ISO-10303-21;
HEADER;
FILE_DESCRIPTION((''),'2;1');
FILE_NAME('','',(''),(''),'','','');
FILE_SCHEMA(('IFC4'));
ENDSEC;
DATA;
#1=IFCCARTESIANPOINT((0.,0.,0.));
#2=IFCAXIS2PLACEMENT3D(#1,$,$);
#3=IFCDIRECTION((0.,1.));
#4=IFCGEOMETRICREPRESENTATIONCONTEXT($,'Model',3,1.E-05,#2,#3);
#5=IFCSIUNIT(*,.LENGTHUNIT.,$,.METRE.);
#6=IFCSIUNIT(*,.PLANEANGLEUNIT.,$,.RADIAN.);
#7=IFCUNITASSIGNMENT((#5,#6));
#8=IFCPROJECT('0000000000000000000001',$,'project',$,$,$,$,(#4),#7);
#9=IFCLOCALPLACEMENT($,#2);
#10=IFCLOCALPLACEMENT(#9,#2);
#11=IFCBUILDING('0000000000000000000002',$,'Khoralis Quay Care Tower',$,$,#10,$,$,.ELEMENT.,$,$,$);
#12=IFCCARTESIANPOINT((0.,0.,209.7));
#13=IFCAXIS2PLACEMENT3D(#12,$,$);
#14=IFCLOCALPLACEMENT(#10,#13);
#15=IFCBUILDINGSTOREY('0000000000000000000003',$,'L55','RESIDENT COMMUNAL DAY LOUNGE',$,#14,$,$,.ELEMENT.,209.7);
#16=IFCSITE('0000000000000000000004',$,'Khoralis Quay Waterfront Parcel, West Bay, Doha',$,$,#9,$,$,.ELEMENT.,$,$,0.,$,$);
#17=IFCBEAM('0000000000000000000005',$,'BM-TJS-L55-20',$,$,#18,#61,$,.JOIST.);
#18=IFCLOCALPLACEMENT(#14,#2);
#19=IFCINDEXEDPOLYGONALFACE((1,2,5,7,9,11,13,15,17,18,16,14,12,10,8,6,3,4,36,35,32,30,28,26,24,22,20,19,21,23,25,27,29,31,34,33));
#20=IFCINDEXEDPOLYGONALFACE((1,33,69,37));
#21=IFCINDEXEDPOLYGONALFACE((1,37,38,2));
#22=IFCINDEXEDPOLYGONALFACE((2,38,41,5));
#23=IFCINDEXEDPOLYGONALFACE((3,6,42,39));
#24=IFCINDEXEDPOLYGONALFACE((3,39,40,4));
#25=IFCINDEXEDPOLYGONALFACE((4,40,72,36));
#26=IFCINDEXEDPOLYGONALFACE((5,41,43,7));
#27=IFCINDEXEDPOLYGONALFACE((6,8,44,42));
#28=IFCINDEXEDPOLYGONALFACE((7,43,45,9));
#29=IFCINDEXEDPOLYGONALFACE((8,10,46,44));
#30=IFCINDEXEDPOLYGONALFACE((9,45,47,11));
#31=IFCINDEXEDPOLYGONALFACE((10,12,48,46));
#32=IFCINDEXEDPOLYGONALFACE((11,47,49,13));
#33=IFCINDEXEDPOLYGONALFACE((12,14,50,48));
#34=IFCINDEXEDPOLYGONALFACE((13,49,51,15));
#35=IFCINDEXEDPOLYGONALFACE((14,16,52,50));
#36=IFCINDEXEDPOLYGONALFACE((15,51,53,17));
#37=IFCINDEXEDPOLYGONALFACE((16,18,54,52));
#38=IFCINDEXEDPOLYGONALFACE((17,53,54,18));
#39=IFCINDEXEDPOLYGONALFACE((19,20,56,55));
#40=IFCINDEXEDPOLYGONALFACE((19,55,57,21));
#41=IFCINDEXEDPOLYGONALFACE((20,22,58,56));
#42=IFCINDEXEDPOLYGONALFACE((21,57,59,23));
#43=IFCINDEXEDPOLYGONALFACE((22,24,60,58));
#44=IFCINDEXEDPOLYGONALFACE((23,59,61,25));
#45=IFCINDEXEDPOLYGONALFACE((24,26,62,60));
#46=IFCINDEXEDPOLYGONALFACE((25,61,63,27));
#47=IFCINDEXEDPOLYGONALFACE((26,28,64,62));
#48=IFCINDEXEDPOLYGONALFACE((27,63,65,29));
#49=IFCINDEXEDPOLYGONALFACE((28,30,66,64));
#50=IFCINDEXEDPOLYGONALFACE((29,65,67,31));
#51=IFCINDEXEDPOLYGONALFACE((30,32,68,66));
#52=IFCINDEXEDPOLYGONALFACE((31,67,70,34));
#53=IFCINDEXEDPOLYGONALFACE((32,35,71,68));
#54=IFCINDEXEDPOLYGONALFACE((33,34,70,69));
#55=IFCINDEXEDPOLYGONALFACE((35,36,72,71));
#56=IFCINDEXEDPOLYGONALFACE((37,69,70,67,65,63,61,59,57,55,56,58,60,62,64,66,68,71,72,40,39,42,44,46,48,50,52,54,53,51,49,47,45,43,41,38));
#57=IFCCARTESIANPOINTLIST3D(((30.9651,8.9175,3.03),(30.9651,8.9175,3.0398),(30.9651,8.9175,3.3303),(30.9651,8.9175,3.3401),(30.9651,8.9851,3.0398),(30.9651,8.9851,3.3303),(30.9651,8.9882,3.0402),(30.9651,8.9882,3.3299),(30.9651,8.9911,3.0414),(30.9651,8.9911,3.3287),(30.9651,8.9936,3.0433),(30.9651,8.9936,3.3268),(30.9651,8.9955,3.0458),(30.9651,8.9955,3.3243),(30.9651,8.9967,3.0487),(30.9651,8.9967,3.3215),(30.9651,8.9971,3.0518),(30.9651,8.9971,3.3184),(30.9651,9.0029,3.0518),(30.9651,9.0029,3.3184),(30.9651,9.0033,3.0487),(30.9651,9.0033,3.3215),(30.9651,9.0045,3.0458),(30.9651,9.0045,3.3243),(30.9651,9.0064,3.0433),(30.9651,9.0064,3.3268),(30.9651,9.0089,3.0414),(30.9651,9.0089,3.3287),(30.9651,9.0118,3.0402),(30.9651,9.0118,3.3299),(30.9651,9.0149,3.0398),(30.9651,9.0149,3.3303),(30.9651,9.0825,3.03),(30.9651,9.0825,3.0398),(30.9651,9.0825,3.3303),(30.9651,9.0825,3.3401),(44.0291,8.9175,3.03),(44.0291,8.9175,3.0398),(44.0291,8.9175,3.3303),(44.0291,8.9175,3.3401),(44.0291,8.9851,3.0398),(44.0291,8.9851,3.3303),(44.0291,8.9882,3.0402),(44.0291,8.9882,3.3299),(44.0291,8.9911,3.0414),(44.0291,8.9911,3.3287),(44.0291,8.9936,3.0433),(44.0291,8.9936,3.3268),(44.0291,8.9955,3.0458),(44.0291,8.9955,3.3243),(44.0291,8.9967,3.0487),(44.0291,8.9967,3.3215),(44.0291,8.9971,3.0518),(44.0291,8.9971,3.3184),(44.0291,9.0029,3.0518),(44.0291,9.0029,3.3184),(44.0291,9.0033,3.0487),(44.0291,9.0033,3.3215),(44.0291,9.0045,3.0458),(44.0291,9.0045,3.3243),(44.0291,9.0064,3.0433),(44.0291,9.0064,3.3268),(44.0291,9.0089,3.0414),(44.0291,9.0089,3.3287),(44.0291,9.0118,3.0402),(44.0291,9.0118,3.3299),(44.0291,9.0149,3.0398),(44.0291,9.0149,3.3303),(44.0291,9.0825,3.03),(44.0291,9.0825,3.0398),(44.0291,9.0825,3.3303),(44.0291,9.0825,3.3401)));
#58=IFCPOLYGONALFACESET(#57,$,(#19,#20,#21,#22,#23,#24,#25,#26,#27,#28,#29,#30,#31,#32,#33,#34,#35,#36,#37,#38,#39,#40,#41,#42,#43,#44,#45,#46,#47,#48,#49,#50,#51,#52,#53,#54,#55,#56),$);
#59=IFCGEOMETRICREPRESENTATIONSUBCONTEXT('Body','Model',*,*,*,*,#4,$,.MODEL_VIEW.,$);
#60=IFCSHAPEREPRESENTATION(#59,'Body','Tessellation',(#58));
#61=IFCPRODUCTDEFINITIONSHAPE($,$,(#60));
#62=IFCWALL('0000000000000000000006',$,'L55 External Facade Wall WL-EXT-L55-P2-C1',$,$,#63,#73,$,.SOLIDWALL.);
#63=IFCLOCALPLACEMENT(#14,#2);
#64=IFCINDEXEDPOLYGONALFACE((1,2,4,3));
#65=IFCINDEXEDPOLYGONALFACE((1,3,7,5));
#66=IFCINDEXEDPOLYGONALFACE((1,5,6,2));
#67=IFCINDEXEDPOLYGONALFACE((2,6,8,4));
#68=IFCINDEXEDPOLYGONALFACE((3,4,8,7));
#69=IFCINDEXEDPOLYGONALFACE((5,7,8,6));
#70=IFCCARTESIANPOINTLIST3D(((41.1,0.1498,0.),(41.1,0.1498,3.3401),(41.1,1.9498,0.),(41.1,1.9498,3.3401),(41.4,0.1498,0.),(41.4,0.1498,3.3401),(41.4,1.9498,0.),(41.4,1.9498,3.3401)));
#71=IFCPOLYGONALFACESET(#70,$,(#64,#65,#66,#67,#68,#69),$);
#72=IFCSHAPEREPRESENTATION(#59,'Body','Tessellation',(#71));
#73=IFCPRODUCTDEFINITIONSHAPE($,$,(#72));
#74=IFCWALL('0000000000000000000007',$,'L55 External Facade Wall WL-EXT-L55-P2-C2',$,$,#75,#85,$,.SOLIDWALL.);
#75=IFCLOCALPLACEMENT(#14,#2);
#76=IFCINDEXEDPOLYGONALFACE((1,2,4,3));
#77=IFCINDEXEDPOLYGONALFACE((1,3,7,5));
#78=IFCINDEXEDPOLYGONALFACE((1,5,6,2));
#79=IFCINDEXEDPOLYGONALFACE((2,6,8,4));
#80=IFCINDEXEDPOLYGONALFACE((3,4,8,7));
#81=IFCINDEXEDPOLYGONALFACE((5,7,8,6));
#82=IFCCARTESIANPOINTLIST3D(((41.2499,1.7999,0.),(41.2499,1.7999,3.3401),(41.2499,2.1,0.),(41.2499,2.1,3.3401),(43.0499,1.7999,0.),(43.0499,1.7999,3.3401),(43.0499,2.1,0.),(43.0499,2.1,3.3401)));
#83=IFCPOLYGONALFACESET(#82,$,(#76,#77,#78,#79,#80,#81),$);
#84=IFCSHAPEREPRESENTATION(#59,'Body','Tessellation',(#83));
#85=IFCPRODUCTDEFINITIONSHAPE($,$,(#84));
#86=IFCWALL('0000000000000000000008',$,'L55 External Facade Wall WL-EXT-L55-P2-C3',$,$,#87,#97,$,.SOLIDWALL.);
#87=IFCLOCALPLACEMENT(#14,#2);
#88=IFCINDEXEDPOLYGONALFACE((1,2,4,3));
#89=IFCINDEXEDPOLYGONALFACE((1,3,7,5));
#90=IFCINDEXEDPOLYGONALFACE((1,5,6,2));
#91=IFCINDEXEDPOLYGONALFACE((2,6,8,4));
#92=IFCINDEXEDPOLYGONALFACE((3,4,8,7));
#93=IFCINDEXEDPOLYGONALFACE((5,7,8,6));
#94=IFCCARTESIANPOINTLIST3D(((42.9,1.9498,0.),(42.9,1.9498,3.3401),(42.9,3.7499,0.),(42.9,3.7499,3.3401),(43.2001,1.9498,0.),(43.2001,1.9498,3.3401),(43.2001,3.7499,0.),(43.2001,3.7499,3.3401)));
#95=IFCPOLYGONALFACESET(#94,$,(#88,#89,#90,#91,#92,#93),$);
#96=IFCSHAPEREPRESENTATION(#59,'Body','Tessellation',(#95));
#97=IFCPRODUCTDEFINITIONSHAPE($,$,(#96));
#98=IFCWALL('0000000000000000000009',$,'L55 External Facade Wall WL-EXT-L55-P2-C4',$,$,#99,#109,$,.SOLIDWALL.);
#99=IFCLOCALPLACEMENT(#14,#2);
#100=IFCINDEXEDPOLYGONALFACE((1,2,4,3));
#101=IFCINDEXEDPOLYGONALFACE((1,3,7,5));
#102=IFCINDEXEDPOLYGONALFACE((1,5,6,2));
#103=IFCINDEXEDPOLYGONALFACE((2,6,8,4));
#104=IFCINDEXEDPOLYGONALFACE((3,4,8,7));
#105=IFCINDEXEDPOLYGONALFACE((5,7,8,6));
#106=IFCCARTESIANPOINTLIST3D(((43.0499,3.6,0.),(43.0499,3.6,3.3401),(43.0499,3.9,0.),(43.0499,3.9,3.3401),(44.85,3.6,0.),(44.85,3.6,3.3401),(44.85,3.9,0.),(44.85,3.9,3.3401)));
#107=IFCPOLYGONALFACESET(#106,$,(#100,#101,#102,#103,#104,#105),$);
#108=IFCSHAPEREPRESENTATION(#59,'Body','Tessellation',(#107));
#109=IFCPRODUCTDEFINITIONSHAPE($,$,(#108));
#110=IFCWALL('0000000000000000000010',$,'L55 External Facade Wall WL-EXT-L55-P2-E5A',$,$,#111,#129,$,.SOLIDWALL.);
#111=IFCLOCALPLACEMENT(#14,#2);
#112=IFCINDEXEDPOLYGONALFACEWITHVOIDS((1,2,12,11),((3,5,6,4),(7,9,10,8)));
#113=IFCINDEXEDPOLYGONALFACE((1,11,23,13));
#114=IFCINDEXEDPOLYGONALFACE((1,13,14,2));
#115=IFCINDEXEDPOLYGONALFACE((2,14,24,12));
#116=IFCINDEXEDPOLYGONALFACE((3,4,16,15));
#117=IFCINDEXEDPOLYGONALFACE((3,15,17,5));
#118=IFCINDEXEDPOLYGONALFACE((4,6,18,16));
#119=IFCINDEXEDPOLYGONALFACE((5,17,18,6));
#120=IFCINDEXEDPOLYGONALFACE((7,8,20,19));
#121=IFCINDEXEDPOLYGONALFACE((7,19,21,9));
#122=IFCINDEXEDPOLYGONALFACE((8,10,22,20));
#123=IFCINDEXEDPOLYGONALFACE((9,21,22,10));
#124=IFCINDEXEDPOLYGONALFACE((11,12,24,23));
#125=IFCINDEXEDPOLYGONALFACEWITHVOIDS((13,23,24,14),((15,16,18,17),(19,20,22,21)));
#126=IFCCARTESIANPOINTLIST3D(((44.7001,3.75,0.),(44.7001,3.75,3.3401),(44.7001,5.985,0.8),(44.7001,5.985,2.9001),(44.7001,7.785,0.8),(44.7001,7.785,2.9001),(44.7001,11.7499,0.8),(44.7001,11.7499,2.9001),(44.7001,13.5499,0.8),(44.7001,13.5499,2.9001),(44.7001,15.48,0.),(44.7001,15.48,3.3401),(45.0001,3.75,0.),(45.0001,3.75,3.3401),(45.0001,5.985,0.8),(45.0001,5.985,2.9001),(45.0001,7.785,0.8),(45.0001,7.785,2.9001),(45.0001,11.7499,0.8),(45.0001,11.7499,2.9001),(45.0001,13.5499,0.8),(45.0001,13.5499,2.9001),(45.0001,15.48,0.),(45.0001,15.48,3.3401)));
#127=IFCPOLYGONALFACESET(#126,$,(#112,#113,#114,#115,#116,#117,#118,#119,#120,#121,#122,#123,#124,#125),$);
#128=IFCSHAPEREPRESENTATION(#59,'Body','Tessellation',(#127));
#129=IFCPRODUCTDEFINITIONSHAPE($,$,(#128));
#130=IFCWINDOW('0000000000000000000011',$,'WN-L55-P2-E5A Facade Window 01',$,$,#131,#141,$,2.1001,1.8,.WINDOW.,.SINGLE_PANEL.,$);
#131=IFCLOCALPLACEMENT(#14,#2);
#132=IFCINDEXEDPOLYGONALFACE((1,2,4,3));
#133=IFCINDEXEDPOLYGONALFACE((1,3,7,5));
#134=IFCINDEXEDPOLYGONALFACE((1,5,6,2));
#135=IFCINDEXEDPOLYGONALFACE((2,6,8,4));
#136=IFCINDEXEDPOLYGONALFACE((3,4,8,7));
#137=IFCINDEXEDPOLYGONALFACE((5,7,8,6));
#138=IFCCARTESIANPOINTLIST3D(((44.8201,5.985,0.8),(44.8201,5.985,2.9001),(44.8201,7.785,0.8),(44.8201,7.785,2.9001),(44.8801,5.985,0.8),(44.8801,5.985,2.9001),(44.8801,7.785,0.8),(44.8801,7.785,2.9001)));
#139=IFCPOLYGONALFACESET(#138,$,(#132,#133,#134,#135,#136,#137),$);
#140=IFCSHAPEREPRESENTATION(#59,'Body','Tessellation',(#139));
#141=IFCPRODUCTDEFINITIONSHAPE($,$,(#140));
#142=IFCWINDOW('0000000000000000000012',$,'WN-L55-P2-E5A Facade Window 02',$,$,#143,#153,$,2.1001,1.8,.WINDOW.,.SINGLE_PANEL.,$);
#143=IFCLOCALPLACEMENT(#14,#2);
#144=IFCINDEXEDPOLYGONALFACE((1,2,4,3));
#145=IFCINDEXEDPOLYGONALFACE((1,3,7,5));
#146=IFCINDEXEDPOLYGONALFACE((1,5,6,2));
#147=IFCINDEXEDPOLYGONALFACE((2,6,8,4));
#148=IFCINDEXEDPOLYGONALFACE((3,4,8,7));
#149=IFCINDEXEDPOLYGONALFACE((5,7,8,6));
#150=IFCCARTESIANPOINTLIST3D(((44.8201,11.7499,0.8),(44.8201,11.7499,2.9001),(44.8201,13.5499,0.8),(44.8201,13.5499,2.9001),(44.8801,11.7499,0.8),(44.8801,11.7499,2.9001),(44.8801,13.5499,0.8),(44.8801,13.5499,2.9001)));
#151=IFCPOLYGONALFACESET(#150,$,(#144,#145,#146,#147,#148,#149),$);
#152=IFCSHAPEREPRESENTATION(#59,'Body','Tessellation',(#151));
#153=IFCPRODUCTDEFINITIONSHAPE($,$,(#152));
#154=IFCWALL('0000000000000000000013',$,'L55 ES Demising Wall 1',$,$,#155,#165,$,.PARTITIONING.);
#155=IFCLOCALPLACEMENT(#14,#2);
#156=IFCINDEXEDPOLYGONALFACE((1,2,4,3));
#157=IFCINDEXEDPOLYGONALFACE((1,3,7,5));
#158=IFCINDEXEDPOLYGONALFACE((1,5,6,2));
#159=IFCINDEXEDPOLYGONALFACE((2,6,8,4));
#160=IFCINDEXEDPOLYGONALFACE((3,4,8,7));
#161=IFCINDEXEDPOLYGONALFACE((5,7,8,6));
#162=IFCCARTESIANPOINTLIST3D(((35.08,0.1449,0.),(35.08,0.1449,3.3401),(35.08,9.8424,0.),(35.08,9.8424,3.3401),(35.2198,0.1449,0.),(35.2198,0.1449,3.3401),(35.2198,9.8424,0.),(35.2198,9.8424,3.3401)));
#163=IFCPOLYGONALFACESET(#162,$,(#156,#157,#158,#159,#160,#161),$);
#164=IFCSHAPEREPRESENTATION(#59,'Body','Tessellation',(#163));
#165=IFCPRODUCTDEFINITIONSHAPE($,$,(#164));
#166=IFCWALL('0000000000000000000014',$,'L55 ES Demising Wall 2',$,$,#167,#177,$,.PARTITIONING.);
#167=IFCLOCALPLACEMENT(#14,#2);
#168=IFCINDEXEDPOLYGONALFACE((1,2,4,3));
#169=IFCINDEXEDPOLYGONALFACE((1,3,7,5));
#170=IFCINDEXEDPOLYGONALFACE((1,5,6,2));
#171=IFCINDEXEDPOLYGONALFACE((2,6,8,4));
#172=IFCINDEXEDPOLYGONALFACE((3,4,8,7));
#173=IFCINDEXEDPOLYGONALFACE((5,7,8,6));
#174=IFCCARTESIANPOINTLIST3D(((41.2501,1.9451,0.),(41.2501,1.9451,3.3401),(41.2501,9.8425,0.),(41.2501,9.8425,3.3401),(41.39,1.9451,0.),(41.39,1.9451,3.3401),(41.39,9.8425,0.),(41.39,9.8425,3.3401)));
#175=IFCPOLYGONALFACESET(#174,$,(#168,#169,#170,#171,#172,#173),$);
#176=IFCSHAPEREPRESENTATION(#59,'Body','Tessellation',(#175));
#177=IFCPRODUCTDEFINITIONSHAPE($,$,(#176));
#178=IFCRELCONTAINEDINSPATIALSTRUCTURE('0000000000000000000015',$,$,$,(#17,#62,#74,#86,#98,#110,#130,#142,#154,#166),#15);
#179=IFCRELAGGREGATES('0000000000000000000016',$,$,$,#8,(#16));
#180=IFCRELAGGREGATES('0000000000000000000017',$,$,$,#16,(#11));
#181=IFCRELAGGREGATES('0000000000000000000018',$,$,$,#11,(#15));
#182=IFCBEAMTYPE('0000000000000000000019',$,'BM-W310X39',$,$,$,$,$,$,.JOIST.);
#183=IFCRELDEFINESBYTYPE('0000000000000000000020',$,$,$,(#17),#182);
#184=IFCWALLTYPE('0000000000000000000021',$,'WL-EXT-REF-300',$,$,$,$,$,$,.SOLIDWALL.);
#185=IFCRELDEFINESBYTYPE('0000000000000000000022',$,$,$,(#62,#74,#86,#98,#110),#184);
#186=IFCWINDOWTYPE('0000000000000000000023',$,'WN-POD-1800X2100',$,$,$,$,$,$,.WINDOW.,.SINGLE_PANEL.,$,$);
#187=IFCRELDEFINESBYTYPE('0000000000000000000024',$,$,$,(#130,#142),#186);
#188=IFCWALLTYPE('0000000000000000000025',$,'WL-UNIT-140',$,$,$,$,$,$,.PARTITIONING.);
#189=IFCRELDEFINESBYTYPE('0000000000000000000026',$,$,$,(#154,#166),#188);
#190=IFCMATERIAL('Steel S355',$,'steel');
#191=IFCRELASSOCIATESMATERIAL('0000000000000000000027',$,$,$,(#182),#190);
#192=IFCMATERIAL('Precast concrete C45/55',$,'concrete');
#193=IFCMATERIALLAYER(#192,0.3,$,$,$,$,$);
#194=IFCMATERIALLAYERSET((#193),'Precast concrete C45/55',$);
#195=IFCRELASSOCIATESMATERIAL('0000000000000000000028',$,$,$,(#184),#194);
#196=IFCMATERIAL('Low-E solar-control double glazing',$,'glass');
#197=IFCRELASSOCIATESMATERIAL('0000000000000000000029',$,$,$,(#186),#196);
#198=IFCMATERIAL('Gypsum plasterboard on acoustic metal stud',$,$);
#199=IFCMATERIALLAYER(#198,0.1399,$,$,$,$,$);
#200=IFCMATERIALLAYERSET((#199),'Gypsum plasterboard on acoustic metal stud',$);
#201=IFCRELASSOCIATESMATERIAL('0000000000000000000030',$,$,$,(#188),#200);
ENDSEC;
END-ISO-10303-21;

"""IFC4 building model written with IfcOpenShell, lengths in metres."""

from ifc_helpers import new_model, si_unit, direction, frame, frame_2d, origin, origin_2d, place, context, subcontext, project, spatial, rectangle, i_section, extrude, source, transform, mapped, material, layer, layer_set, material_profile, profile_set, type_object, element, fill, save


model = new_model("IFC4")

# Units and contexts
model_context = context("Model", 3, precision=1e-05, world=origin(), true_north=direction((0.0, 1.0)))
body_context = subcontext(model_context, "Body", "Model", "MODEL_VIEW")
ifc_project = project(units=[si_unit("LENGTHUNIT", "METRE"), si_unit("PLANEANGLEUNIT", "RADIAN")], contexts=[model_context])

# Site, building, storey
site_placement = place(None, origin())
site = spatial("IfcSite", under=ifc_project, at=site_placement, Name="Khoralis Quay Waterfront Parcel, West Bay, Doha", CompositionType="ELEMENT", RefElevation=0.0)
building_placement = place(site_placement, origin())
building = spatial("IfcBuilding", under=site, at=building_placement, Name="Khoralis Quay Care Tower", CompositionType="ELEMENT")
storey_placement = place(building_placement, frame((0.0, 0.0, 209.7)))
storey = spatial("IfcBuildingStorey", under=building, at=storey_placement, Name="L55", Description="RESIDENT COMMUNAL DAY LOUNGE", CompositionType="ELEMENT", Elevation=209.7)

# Beam
ifc_material_1 = material(Name="Steel S355", Category="steel")
ifc_material_profile_1 = material_profile(ifc_material_1, i_section(OverallWidth=0.165, OverallDepth=0.3101, WebThickness=0.0059, FlangeThickness=0.0098, FilletRadius=0.012, at=origin_2d()), Name="Steel S355")
ifc_profile_set_1 = profile_set([ifc_material_profile_1], Name="Steel S355")
beam_type_1 = type_object("IfcBeamType", Name="BM-W310X39", PredefinedType="JOIST", material=ifc_profile_set_1)
shared_shape_1 = source(origin(), body_context, "Body", "SweptSolid", [
    extrude(i_section(OverallWidth=0.165, OverallDepth=0.3101, WebThickness=0.0059, FlangeThickness=0.0098, FilletRadius=0.012, at=origin_2d()), origin(), (0.0, 0.0, 1.0), 13.064),
])
beam_1_placement = place(storey_placement, frame((30.9651, 9.0, 3.1851), z_axis=(1.0, 0.0, 0.0), x_axis=(0.0, 1.0, 0.0)))
element("IfcBeam", 1, at=beam_1_placement, inside=storey, type_object=beam_type_1, Name="BM-TJS-L55-20", PredefinedType="JOIST", context=body_context, shape_type="MappedRepresentation", body=[
    mapped(shared_shape_1, transform((0.0, 0.0, 0.0), scale=1.0)),
])

# Walls
ifc_material_2 = material(Name="Precast concrete C45/55", Category="concrete")
ifc_layer_1 = layer(ifc_material_2, 0.3)
ifc_layer_set_1 = layer_set([ifc_layer_1], Name="Precast concrete C45/55")
wall_type_1 = type_object("IfcWallType", Name="WL-EXT-REF-300", PredefinedType="SOLIDWALL", material=ifc_layer_set_1)
for number, where, z_axis, x_axis, name in (
    (2, (41.25, 0.1499, 0.0), (0.0, 0.0, 1.0), (0.0, 1.0, 0.0), "L55 External Facade Wall WL-EXT-L55-P2-C1"),
    (3, (41.25, 1.95, 0.0), (0.0, 0.0, 1.0), (1.0, 0.0, 0.0), "L55 External Facade Wall WL-EXT-L55-P2-C2"),
    (4, (43.05, 1.95, 0.0), (0.0, 0.0, 1.0), (0.0, 1.0, 0.0), "L55 External Facade Wall WL-EXT-L55-P2-C3"),
    (5, (43.05, 3.75, 0.0), (0.0, 0.0, 1.0), (1.0, 0.0, 0.0), "L55 External Facade Wall WL-EXT-L55-P2-C4"),
):
    element("IfcWall", number, at=place(storey_placement, frame(where, z_axis=z_axis, x_axis=x_axis)), inside=storey, type_object=wall_type_1, Name=name, PredefinedType="SOLIDWALL", context=body_context, shape_type="SweptSolid", body=[
        extrude(rectangle(XDim=1.8, YDim=0.3, at=frame_2d((0.8999, 0.0))), origin(), (0.0, 0.0, 1.0), 3.3401),
    ])

# Wall, openings, windows
wall_1_placement = place(storey_placement, frame((44.8501, 3.75, 0.0), z_axis=(0.0, 0.0, 1.0), x_axis=(0.0, 1.0, 0.0)))
wall_1 = element("IfcWall", 6, at=wall_1_placement, inside=storey, type_object=wall_type_1, Name="L55 External Facade Wall WL-EXT-L55-P2-E5A", PredefinedType="SOLIDWALL", context=body_context, shape_type="SweptSolid", body=[
    extrude(rectangle(XDim=11.73, YDim=0.3, at=frame_2d((5.865, 0.0))), origin(), (0.0, 0.0, 1.0), 3.3401),
])
opening_1_placement = place(wall_1_placement, frame((2.2351, 0.0, 0.8)))
opening_1 = element("IfcOpeningElement", 7, at=opening_1_placement, cuts=wall_1, PredefinedType="OPENING", context=body_context, shape_type="SweptSolid", body=[
    extrude(rectangle(XDim=1.8, YDim=2.1001, at=frame_2d((0.8999, 1.05))), frame((0.0, 0.1602, 0.0), z_axis=(0.0, -1.0, 0.0), x_axis=(1.0, 0.0, 0.0)), (0.0, 0.0, 1.0), 0.3201),
])
opening_2_placement = place(wall_1_placement, frame((8.0, 0.0, 0.8)))
opening_2 = element("IfcOpeningElement", 8, at=opening_2_placement, cuts=wall_1, PredefinedType="OPENING", context=body_context, shape_type="SweptSolid", body=[
    extrude(rectangle(XDim=1.8, YDim=2.1001, at=frame_2d((0.8999, 1.05))), frame((0.0, 0.1602, 0.0), z_axis=(0.0, -1.0, 0.0), x_axis=(1.0, 0.0, 0.0)), (0.0, 0.0, 1.0), 0.3201),
])
ifc_material_3 = material(Name="Low-E solar-control double glazing", Category="glass")
window_type = type_object("IfcWindowType", Name="WN-POD-1800X2100", PartitioningType="SINGLE_PANEL", PredefinedType="WINDOW", material=ifc_material_3)
shared_shape_2 = source(origin(), body_context, "Body", "SweptSolid", [
    extrude(rectangle(XDim=1.8, YDim=2.1001, at=frame_2d((0.8999, 1.05))), frame((0.0, 0.03, 0.0), z_axis=(0.0, -1.0, 0.0), x_axis=(1.0, 0.0, 0.0)), (0.0, 0.0, 1.0), 0.0601),
])
window_1_placement = place(opening_1_placement, origin())
window_1 = element("IfcWindow", 9, at=window_1_placement, inside=storey, type_object=window_type, Name="WN-L55-P2-E5A Facade Window 01", OverallHeight=2.1001, OverallWidth=1.8, PartitioningType="SINGLE_PANEL", PredefinedType="WINDOW", context=body_context, shape_type="MappedRepresentation", body=[
    mapped(shared_shape_2, transform((0.0, 0.0, 0.0), scale=1.0)),
])
fill(opening_1, window_1)
window_2_placement = place(opening_2_placement, origin())
window_2 = element("IfcWindow", 10, at=window_2_placement, inside=storey, type_object=window_type, Name="WN-L55-P2-E5A Facade Window 02", OverallHeight=2.1001, OverallWidth=1.8, PartitioningType="SINGLE_PANEL", PredefinedType="WINDOW", context=body_context, shape_type="MappedRepresentation", body=[
    mapped(shared_shape_2, transform((0.0, 0.0, 0.0), scale=1.0)),
])
fill(opening_2, window_2)

# Walls
ifc_material_4 = material(Name="Gypsum plasterboard on acoustic metal stud")
ifc_layer_2 = layer(ifc_material_4, 0.1399)
ifc_layer_set_2 = layer_set([ifc_layer_2], Name="Gypsum plasterboard on acoustic metal stud")
wall_type_2 = type_object("IfcWallType", Name="WL-UNIT-140", PredefinedType="PARTITIONING", material=ifc_layer_set_2)
wall_2_placement = place(storey_placement, frame((35.1499, 0.145, 0.0), z_axis=(0.0, 0.0, 1.0), x_axis=(0.0, 1.0, 0.0)))
element("IfcWall", 11, at=wall_2_placement, inside=storey, type_object=wall_type_2, Name="L55 ES Demising Wall 1", PredefinedType="PARTITIONING", context=body_context, shape_type="SweptSolid", body=[
    extrude(rectangle(XDim=9.6975, YDim=0.1399, at=frame_2d((4.8486, 0.0))), origin(), (0.0, 0.0, 1.0), 3.3401),
])
wall_3_placement = place(storey_placement, frame((41.3201, 1.9451, 0.0), z_axis=(0.0, 0.0, 1.0), x_axis=(0.0, 1.0, 0.0)))
element("IfcWall", 12, at=wall_3_placement, inside=storey, type_object=wall_type_2, Name="L55 ES Demising Wall 2", PredefinedType="PARTITIONING", context=body_context, shape_type="SweptSolid", body=[
    extrude(rectangle(XDim=7.8975, YDim=0.1399, at=frame_2d((3.9487, 0.0))), origin(), (0.0, 0.0, 1.0), 3.3401),
])

save(model, "model.ifc")
